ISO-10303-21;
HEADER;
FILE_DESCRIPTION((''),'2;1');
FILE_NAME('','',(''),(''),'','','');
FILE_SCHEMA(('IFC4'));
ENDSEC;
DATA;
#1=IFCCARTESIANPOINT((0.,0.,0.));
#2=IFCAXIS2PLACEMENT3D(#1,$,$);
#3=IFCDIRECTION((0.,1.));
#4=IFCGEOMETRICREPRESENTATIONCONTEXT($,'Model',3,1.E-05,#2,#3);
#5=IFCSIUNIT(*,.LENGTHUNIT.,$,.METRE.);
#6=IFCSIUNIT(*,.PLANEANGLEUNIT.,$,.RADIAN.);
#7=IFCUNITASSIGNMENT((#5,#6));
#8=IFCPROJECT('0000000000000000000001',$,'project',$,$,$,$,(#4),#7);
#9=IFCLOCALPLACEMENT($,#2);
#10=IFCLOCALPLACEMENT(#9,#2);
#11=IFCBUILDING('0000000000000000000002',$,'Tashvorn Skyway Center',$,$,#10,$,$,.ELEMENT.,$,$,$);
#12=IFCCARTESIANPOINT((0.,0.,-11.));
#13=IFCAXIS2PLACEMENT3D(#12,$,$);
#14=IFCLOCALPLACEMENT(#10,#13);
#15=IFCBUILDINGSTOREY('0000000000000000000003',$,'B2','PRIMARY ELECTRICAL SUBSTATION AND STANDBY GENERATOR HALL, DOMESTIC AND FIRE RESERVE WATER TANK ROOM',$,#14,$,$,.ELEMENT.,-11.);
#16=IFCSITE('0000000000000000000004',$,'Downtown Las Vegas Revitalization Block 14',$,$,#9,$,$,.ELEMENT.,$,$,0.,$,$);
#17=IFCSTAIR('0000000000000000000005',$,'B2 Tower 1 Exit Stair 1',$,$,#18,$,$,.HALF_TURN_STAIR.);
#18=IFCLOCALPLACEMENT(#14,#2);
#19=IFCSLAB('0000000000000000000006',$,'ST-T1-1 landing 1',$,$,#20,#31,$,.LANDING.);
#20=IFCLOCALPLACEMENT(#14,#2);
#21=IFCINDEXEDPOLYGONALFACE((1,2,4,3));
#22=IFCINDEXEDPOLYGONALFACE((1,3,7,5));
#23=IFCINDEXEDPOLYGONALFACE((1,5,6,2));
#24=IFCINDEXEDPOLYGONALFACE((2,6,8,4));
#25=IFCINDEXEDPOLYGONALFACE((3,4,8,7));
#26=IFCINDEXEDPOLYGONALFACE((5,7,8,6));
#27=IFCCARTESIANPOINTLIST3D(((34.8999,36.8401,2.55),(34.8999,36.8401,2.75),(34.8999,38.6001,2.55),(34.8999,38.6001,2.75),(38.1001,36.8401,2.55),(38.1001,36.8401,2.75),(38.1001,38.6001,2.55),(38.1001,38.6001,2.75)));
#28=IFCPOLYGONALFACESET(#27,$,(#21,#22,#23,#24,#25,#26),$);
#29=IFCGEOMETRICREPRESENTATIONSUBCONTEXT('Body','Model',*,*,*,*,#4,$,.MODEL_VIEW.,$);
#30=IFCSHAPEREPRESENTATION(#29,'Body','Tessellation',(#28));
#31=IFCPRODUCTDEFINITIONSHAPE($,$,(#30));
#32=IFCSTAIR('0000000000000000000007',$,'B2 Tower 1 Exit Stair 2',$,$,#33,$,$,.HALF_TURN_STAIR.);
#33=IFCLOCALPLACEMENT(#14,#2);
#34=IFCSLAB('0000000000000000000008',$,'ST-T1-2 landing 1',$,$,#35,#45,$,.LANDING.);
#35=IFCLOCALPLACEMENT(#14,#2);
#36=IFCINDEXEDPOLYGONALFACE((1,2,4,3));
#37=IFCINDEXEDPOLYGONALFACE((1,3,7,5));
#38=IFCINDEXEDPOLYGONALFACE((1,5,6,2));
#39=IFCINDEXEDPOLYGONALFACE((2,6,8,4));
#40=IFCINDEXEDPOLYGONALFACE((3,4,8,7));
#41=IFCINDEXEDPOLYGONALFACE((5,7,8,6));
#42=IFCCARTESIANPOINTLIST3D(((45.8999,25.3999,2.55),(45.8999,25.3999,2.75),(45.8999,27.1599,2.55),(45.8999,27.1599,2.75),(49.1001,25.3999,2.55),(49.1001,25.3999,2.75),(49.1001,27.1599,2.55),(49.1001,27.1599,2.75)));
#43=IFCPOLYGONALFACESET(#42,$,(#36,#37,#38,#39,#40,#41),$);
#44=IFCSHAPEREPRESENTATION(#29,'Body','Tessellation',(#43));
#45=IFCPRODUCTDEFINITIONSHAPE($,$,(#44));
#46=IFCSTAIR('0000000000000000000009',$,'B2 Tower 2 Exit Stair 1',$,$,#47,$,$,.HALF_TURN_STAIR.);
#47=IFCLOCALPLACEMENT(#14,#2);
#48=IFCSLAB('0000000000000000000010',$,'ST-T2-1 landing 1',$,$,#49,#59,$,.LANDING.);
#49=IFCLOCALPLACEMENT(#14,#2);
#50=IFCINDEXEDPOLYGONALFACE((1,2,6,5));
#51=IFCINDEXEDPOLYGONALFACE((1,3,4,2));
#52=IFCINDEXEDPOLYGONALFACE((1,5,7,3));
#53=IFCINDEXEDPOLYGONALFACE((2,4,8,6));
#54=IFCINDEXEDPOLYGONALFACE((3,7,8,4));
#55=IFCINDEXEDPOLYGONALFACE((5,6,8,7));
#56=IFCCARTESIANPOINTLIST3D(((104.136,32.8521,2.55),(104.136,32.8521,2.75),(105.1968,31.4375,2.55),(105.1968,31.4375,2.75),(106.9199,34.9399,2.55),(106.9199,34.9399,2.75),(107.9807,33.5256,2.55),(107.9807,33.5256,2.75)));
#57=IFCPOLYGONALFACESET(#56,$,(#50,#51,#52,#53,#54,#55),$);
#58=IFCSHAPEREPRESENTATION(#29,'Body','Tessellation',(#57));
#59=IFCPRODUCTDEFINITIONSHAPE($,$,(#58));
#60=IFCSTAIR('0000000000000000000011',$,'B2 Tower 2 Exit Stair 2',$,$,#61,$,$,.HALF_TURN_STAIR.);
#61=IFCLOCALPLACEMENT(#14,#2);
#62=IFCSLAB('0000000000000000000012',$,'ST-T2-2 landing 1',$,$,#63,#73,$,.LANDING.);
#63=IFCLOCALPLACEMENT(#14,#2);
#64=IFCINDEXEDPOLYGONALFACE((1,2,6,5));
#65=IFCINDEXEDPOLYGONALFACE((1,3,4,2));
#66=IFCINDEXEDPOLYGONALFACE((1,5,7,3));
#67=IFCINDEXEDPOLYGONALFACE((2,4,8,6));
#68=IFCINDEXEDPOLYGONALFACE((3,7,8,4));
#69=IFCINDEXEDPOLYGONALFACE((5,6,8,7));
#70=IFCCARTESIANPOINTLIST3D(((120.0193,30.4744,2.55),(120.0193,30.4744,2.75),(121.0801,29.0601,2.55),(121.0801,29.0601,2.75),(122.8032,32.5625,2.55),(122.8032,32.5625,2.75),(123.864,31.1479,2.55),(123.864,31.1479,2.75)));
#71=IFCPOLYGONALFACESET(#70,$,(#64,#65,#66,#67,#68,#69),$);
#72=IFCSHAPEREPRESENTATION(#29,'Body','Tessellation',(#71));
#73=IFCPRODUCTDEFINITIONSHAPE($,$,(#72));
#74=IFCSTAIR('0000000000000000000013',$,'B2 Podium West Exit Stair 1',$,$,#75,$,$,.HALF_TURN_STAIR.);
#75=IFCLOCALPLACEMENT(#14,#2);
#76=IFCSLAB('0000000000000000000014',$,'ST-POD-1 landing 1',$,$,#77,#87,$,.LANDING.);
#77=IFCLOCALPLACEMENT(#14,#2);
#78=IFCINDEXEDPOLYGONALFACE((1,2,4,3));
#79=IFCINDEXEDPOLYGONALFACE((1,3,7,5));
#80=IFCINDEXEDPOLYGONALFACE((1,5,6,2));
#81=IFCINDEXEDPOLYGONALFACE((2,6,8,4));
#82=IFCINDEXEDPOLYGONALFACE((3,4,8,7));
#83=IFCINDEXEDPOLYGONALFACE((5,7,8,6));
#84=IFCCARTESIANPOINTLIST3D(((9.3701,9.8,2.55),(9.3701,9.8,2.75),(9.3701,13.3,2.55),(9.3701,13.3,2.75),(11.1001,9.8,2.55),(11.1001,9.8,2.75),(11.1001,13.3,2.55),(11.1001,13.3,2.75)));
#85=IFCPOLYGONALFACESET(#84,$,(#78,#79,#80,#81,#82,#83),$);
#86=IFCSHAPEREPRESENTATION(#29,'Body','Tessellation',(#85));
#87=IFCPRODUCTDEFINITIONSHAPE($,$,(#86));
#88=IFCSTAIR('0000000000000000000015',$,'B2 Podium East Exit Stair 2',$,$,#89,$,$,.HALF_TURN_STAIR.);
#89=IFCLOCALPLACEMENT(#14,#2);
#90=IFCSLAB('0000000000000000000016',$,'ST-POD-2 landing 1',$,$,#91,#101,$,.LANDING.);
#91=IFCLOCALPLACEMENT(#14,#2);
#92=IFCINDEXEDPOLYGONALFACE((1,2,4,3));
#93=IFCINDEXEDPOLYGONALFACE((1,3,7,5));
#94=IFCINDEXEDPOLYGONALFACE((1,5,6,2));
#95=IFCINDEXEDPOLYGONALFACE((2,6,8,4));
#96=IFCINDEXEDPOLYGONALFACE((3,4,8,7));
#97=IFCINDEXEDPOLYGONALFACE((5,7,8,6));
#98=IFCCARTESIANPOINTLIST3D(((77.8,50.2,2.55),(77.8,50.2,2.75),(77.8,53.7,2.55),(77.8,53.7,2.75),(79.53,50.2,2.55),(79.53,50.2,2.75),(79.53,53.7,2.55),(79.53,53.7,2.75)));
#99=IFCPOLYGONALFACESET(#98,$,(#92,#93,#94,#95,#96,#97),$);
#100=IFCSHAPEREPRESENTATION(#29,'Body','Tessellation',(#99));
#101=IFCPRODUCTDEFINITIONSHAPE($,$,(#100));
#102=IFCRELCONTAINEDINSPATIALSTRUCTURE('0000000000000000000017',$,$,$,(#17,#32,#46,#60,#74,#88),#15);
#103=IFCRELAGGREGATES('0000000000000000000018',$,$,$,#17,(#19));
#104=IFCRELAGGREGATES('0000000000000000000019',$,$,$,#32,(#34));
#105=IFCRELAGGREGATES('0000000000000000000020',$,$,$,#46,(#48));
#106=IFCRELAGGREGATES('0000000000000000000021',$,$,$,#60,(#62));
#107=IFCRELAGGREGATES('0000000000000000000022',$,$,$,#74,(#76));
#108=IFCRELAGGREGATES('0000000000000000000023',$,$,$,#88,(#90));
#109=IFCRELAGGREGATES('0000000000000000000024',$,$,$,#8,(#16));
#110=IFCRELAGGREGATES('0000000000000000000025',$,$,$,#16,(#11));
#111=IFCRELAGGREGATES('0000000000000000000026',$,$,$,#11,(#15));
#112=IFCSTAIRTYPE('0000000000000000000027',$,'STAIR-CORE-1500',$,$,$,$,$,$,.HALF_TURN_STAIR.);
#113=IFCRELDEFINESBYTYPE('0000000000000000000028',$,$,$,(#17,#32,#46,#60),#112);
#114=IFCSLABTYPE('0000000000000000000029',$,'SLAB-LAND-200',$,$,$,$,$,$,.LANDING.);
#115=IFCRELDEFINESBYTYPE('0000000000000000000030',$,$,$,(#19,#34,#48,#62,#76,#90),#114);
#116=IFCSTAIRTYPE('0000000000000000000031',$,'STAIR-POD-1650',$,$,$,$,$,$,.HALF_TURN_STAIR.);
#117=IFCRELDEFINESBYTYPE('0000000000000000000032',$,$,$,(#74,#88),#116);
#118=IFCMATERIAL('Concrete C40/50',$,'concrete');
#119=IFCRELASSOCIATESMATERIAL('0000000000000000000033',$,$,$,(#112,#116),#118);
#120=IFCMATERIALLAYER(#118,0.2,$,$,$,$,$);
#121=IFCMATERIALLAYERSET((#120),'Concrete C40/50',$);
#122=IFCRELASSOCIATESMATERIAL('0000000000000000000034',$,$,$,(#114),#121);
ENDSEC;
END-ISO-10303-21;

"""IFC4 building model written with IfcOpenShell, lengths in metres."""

from ifc_helpers import new_model, si_unit, direction, frame, origin, place, context, subcontext, project, spatial, polyline, outline, extrude, material, layer, layer_set, type_object, element, aggregate, save


model = new_model("IFC4")

# Units and contexts
model_context = context("Model", 3, precision=1e-05, world=origin(), true_north=direction((0.0, 1.0)))
body_context = subcontext(model_context, "Body", "Model", "MODEL_VIEW")
ifc_project = project(units=[si_unit("LENGTHUNIT", "METRE"), si_unit("PLANEANGLEUNIT", "RADIAN")], contexts=[model_context])

# Site, building, storey
site_placement = place(None, origin())
site = spatial("IfcSite", under=ifc_project, at=site_placement, Name="Downtown Las Vegas Revitalization Block 14", CompositionType="ELEMENT", RefElevation=0.0)
building_placement = place(site_placement, origin())
building = spatial("IfcBuilding", under=site, at=building_placement, Name="Tashvorn Skyway Center", CompositionType="ELEMENT")
storey_placement = place(building_placement, frame((0.0, 0.0, -11.0)))
storey = spatial("IfcBuildingStorey", under=building, at=storey_placement, Name="B2", Description="PRIMARY ELECTRICAL SUBSTATION AND STANDBY GENERATOR HALL, DOMESTIC AND FIRE RESERVE WATER TANK ROOM", CompositionType="ELEMENT", Elevation=-11.0)

# Stairs, slabs
ifc_material_1 = material(Name="Concrete C40/50", Category="concrete")
stair_type_1 = type_object("IfcStairType", Name="STAIR-CORE-1500", PredefinedType="HALF_TURN_STAIR", material=ifc_material_1)
stair_1_placement = place(storey_placement, origin())
stair_1 = element("IfcStair", 1, at=stair_1_placement, inside=storey, type_object=stair_type_1, Name="B2 Tower 1 Exit Stair 1", PredefinedType="HALF_TURN_STAIR")
ifc_layer_1 = layer(ifc_material_1, 0.2)
ifc_layer_set_1 = layer_set([ifc_layer_1], Name="Concrete C40/50")
slab_type_1 = type_object("IfcSlabType", Name="SLAB-LAND-200", PredefinedType="LANDING", material=ifc_layer_set_1)
slab_1_placement = place(storey_placement, frame((0.0, 0.0, 2.55)))
slab_1 = element("IfcSlab", 2, at=slab_1_placement, type_object=slab_type_1, Name="ST-T1-1 landing 1", PredefinedType="LANDING", context=body_context, shape_type="SweptSolid", body=[
    extrude(outline(polyline([(38.1001, 36.8401), (38.1001, 38.6001), (34.8999, 38.6001), (34.8999, 36.8401), (38.1001, 36.8401)])), origin(), (0.0, 0.0, 1.0), 0.2),
])
aggregate(stair_1, [slab_1])
stair_2_placement = place(storey_placement, origin())
stair_2 = element("IfcStair", 3, at=stair_2_placement, inside=storey, type_object=stair_type_1, Name="B2 Tower 1 Exit Stair 2", PredefinedType="HALF_TURN_STAIR")
slab_2_placement = place(storey_placement, frame((0.0, 0.0, 2.55)))
slab_2 = element("IfcSlab", 4, at=slab_2_placement, type_object=slab_type_1, Name="ST-T1-2 landing 1", PredefinedType="LANDING", context=body_context, shape_type="SweptSolid", body=[
    extrude(outline(polyline([(45.8999, 27.1599), (45.8999, 25.3999), (49.1001, 25.3999), (49.1001, 27.1599), (45.8999, 27.1599)])), origin(), (0.0, 0.0, 1.0), 0.2),
])
aggregate(stair_2, [slab_2])
stair_3_placement = place(storey_placement, origin())
stair_3 = element("IfcStair", 5, at=stair_3_placement, inside=storey, type_object=stair_type_1, Name="B2 Tower 2 Exit Stair 1", PredefinedType="HALF_TURN_STAIR")
slab_3_placement = place(storey_placement, frame((0.0, 0.0, 2.55)))
slab_3 = element("IfcSlab", 6, at=slab_3_placement, type_object=slab_type_1, Name="ST-T2-1 landing 1", PredefinedType="LANDING", context=body_context, shape_type="SweptSolid", body=[
    extrude(outline(polyline([(107.9807, 33.5256), (106.9199, 34.9399), (104.136, 32.8521), (105.1968, 31.4375), (107.9807, 33.5256)])), origin(), (0.0, 0.0, 1.0), 0.2),
])
aggregate(stair_3, [slab_3])
stair_4_placement = place(storey_placement, origin())
stair_4 = element("IfcStair", 7, at=stair_4_placement, inside=storey, type_object=stair_type_1, Name="B2 Tower 2 Exit Stair 2", PredefinedType="HALF_TURN_STAIR")
slab_4_placement = place(storey_placement, frame((0.0, 0.0, 2.55)))
slab_4 = element("IfcSlab", 8, at=slab_4_placement, type_object=slab_type_1, Name="ST-T2-2 landing 1", PredefinedType="LANDING", context=body_context, shape_type="SweptSolid", body=[
    extrude(outline(polyline([(120.0193, 30.4744), (121.0801, 29.0601), (123.864, 31.1479), (122.8032, 32.5625), (120.0193, 30.4744)])), origin(), (0.0, 0.0, 1.0), 0.2),
])
aggregate(stair_4, [slab_4])
stair_type_2 = type_object("IfcStairType", Name="STAIR-POD-1650", PredefinedType="HALF_TURN_STAIR", material=ifc_material_1)
stair_5_placement = place(storey_placement, origin())
stair_5 = element("IfcStair", 9, at=stair_5_placement, inside=storey, type_object=stair_type_2, Name="B2 Podium West Exit Stair 1", PredefinedType="HALF_TURN_STAIR")
slab_5_placement = place(storey_placement, frame((0.0, 0.0, 2.55)))
slab_5 = element("IfcSlab", 10, at=slab_5_placement, type_object=slab_type_1, Name="ST-POD-1 landing 1", PredefinedType="LANDING", context=body_context, shape_type="SweptSolid", body=[
    extrude(outline(polyline([(9.3701, 9.8), (11.1001, 9.8), (11.1001, 13.3), (9.3701, 13.3), (9.3701, 9.8)])), origin(), (0.0, 0.0, 1.0), 0.2),
])
aggregate(stair_5, [slab_5])
stair_6_placement = place(storey_placement, origin())
stair_6 = element("IfcStair", 11, at=stair_6_placement, inside=storey, type_object=stair_type_2, Name="B2 Podium East Exit Stair 2", PredefinedType="HALF_TURN_STAIR")
slab_6_placement = place(storey_placement, frame((0.0, 0.0, 2.55)))
slab_6 = element("IfcSlab", 12, at=slab_6_placement, type_object=slab_type_1, Name="ST-POD-2 landing 1", PredefinedType="LANDING", context=body_context, shape_type="SweptSolid", body=[
    extrude(outline(polyline([(79.53, 53.7), (77.8, 53.7), (77.8, 50.2), (79.53, 50.2), (79.53, 53.7)])), origin(), (0.0, 0.0, 1.0), 0.2),
])
aggregate(stair_6, [slab_6])

save(model, "model.ifc")
